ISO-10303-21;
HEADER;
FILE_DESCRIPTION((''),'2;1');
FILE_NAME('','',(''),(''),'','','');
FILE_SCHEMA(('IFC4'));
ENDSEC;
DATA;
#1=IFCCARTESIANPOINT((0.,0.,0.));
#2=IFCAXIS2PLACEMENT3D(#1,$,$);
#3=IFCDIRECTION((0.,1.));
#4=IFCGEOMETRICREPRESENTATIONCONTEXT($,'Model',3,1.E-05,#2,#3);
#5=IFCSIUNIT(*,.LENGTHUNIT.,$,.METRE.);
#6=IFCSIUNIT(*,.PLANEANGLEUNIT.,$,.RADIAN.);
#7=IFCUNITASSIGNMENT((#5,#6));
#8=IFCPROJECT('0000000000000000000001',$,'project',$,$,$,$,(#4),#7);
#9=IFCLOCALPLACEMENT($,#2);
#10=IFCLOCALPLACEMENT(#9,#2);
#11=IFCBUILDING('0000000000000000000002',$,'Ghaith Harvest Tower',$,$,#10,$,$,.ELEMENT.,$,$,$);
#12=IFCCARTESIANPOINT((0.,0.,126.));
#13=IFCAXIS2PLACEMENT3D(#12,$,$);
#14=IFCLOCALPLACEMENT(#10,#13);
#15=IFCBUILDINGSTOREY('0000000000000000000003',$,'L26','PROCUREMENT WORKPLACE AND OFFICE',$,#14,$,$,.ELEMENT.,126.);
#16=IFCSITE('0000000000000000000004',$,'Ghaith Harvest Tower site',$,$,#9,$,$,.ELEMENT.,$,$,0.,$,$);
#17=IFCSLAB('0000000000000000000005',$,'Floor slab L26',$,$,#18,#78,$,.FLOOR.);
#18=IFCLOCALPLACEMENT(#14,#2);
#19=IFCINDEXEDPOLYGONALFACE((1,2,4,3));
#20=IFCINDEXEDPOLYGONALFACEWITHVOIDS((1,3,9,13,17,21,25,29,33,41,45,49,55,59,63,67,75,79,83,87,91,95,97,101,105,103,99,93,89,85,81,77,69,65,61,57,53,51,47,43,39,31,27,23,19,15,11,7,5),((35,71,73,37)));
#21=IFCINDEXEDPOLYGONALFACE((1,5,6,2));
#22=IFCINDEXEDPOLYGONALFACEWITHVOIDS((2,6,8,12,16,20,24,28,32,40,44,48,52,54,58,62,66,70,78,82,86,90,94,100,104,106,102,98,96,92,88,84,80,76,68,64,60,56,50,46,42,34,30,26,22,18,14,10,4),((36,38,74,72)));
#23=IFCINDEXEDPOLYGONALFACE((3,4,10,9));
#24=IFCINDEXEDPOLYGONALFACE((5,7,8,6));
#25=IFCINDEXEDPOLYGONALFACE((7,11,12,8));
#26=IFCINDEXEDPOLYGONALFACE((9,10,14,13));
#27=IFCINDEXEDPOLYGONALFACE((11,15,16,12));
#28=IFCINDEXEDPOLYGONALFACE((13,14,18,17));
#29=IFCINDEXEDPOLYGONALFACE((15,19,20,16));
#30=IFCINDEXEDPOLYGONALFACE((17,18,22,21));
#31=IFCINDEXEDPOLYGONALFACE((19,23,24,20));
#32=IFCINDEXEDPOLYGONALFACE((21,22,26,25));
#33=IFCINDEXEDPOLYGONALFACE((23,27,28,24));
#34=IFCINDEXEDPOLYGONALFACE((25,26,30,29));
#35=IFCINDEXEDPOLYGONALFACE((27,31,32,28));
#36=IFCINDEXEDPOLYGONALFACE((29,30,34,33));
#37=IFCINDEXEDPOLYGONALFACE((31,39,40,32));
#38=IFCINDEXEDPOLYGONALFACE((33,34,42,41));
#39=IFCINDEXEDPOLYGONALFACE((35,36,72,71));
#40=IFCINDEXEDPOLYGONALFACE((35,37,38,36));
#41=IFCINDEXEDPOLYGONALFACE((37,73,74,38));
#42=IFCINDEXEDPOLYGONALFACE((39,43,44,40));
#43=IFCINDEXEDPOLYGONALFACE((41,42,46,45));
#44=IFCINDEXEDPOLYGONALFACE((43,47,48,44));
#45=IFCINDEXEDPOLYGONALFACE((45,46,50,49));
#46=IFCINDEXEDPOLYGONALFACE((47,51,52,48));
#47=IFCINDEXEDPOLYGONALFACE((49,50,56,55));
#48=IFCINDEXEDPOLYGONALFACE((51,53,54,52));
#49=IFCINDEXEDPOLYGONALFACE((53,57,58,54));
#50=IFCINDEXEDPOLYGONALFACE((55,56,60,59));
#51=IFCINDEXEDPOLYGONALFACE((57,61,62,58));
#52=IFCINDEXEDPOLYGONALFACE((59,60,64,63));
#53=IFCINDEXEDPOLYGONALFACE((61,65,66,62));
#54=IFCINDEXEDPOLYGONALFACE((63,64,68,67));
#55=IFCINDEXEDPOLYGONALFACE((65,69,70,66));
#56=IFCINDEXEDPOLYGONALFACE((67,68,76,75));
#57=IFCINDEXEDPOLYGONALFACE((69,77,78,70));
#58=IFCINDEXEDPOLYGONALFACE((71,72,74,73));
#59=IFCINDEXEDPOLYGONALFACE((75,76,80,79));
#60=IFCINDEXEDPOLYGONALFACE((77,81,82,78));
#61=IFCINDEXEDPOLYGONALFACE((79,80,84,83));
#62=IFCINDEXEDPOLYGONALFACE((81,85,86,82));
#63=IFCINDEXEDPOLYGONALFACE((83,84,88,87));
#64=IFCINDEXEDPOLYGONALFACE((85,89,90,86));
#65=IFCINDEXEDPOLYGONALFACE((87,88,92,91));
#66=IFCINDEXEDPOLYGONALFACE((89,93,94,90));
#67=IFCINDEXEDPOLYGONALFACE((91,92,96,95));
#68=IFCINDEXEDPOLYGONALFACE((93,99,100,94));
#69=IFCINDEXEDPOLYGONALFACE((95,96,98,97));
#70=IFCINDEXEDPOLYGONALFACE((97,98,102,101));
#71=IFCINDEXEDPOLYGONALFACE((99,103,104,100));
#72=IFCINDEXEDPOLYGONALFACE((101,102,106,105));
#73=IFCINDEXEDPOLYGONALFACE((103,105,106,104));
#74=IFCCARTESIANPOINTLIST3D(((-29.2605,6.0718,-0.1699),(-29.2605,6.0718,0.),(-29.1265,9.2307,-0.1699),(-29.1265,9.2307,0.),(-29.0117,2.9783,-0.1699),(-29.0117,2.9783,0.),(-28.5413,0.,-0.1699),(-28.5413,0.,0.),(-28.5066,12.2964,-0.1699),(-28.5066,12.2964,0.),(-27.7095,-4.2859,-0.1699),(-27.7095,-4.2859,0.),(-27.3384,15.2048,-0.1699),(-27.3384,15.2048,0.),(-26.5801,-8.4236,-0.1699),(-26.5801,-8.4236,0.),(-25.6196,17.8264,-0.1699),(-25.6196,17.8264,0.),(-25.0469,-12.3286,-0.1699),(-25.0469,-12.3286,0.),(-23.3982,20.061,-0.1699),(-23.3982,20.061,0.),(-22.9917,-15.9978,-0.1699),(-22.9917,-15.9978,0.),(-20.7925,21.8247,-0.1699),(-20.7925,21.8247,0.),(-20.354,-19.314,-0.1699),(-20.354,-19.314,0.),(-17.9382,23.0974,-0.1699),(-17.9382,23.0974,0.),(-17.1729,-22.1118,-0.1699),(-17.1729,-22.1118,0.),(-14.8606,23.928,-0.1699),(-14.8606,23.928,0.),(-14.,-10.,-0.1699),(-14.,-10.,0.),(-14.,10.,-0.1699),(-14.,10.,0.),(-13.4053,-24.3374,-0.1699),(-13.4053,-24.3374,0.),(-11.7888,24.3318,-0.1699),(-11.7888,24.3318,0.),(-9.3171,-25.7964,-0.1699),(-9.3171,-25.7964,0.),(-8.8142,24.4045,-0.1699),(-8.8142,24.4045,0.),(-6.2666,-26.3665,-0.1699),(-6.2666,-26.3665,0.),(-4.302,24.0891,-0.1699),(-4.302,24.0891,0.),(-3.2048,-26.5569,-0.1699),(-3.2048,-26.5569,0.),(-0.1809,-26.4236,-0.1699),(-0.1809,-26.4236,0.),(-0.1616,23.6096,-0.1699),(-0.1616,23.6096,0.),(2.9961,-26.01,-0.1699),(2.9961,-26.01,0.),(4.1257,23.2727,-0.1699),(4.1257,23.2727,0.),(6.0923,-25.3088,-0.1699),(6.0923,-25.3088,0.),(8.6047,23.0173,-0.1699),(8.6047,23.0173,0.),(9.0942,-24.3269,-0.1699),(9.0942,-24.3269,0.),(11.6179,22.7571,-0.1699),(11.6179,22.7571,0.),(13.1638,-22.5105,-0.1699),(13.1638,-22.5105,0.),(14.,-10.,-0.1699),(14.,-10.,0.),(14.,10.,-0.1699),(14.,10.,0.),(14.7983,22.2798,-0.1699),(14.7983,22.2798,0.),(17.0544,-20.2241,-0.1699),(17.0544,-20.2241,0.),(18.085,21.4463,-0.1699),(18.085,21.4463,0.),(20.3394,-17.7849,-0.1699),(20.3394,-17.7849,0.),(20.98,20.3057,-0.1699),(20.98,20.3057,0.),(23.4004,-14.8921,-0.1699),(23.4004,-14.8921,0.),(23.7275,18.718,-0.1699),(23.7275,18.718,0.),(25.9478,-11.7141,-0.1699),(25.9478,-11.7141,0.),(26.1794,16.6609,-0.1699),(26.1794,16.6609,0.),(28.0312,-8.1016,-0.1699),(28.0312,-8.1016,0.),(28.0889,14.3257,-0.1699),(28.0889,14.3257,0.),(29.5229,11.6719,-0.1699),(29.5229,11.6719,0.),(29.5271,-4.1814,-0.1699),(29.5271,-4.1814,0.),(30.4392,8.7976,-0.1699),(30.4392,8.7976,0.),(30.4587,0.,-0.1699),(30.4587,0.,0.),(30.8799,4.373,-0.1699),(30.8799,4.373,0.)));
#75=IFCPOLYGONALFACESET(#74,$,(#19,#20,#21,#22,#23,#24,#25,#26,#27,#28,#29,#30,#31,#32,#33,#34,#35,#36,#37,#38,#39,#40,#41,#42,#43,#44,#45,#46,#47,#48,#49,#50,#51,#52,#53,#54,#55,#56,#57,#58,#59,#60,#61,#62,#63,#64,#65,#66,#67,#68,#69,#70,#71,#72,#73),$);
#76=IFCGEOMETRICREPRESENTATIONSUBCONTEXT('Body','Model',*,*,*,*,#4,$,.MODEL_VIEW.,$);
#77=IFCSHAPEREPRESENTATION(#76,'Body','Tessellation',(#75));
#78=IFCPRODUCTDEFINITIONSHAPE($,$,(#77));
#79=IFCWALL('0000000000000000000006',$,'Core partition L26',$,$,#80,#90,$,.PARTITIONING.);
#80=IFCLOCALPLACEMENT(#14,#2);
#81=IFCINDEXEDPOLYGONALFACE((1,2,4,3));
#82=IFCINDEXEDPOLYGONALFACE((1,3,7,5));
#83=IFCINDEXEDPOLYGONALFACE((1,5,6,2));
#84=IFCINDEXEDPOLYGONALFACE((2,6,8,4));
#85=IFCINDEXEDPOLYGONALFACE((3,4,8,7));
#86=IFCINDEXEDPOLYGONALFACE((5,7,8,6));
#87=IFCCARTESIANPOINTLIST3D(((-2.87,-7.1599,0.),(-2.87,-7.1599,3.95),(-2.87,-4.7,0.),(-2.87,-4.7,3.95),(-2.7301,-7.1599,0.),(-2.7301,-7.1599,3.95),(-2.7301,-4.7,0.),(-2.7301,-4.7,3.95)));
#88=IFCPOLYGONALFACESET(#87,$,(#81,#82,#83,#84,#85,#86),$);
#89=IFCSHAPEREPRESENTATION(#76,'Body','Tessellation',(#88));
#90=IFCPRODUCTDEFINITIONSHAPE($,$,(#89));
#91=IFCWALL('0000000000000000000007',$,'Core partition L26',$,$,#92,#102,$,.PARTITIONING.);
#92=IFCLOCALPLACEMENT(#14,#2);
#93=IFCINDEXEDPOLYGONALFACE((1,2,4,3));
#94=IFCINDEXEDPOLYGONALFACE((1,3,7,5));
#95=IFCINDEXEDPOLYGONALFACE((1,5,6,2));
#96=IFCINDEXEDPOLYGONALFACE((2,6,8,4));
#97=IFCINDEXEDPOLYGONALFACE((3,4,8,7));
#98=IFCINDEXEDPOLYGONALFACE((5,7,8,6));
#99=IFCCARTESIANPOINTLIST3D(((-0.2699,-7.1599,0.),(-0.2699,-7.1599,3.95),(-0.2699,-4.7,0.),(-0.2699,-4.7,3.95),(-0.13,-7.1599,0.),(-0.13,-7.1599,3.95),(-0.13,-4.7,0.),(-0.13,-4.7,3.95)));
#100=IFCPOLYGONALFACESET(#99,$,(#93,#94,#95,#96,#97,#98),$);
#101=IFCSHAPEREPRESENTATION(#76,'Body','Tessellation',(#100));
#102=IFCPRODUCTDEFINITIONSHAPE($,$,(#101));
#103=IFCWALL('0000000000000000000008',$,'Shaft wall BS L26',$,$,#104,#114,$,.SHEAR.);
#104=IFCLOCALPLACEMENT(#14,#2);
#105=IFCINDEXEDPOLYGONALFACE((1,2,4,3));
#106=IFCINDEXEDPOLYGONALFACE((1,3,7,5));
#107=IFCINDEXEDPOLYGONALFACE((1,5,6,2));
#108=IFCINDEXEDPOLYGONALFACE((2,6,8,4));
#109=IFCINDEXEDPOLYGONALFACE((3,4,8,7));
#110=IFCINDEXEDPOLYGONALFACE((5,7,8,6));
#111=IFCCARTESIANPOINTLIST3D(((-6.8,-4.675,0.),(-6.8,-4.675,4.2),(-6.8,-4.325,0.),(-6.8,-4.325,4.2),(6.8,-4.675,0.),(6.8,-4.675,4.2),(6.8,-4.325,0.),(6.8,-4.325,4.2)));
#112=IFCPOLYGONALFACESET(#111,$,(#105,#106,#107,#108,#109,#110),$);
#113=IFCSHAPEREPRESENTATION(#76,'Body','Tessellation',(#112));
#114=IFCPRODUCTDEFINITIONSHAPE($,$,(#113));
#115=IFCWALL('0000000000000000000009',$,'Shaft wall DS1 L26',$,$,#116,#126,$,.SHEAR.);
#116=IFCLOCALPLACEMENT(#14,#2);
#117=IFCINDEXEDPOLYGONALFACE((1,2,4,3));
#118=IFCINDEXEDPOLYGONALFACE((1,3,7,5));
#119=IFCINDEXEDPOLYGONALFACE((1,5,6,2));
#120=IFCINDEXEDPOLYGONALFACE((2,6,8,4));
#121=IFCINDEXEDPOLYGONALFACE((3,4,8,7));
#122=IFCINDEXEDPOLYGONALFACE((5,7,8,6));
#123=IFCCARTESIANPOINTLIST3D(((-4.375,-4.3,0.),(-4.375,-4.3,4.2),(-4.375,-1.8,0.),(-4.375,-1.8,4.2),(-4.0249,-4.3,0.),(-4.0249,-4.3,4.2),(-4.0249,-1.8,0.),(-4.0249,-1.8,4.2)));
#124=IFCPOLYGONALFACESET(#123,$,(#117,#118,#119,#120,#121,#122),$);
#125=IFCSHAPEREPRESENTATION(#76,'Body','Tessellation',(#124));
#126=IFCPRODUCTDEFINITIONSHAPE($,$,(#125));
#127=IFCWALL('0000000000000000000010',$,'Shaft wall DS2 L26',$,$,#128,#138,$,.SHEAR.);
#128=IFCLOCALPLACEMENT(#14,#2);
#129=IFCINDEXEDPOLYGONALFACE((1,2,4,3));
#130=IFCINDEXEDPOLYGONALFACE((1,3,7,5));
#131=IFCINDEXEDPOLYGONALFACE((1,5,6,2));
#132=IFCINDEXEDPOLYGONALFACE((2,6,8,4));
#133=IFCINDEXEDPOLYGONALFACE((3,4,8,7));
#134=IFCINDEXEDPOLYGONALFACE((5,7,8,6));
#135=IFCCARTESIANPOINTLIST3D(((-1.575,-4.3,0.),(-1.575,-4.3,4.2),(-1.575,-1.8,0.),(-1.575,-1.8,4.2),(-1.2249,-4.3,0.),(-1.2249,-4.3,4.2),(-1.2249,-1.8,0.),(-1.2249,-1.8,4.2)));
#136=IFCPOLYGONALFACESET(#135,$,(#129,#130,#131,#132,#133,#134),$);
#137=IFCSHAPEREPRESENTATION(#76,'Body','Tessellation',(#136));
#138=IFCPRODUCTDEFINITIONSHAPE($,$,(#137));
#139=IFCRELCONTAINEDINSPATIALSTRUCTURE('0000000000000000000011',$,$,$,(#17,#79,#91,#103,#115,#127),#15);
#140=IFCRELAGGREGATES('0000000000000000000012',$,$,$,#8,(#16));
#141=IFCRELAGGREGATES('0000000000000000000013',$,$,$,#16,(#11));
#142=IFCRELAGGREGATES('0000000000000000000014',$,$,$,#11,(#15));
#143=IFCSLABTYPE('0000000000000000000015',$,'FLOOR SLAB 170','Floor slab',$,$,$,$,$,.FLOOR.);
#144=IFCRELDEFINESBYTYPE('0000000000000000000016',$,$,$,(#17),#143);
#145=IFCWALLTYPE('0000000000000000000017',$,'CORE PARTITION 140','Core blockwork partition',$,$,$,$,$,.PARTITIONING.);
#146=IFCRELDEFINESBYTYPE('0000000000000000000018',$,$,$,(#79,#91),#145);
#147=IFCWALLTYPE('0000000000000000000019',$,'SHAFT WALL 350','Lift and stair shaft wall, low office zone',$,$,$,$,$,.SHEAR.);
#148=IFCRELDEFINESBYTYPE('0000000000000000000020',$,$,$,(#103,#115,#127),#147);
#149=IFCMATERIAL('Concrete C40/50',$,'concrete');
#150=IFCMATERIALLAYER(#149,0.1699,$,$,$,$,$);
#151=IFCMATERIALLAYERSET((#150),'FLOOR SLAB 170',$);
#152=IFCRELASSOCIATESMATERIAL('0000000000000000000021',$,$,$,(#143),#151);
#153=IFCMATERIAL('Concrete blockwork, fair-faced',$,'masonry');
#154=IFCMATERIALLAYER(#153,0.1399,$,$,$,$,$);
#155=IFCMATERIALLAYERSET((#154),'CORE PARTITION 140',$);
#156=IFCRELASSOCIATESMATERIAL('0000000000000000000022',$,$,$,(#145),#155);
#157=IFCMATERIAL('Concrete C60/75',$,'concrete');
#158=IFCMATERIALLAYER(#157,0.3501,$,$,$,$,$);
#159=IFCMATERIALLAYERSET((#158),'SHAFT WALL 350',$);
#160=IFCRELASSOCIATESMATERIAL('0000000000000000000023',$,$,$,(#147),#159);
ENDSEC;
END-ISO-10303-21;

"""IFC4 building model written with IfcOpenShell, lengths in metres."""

from ifc_helpers import new_model, si_unit, direction, frame, frame_2d, origin, place, context, subcontext, project, spatial, polyline, rectangle, outline, extrude, material, layer, layer_set, type_object, element, save


model = new_model("IFC4")

# Units and contexts
model_context = context("Model", 3, precision=1e-05, world=origin(), true_north=direction((0.0, 1.0)))
body_context = subcontext(model_context, "Body", "Model", "MODEL_VIEW")
ifc_project = project(units=[si_unit("LENGTHUNIT", "METRE"), si_unit("PLANEANGLEUNIT", "RADIAN")], contexts=[model_context])

# Site, building, storey
site_placement = place(None, origin())
site = spatial("IfcSite", under=ifc_project, at=site_placement, Name="Ghaith Harvest Tower site", CompositionType="ELEMENT", RefElevation=0.0)
building_placement = place(site_placement, origin())
building = spatial("IfcBuilding", under=site, at=building_placement, Name="Ghaith Harvest Tower", CompositionType="ELEMENT")
storey_placement = place(building_placement, frame((0.0, 0.0, 126.0)))
storey = spatial("IfcBuildingStorey", under=building, at=storey_placement, Name="L26", Description="PROCUREMENT WORKPLACE AND OFFICE", CompositionType="ELEMENT", Elevation=126.0)

# Slab
ifc_material_1 = material(Name="Concrete C40/50", Category="concrete")
ifc_layer_1 = layer(ifc_material_1, 0.1699)
ifc_layer_set_1 = layer_set([ifc_layer_1], Name="FLOOR SLAB 170")
slab_type = type_object("IfcSlabType", Name="FLOOR SLAB 170", Description="Floor slab", PredefinedType="FLOOR", material=ifc_layer_set_1)
slab_placement = place(storey_placement, frame((0.0, 0.0, -0.1699)))
element("IfcSlab", 1, at=slab_placement, inside=storey, type_object=slab_type, Name="Floor slab L26", PredefinedType="FLOOR", context=body_context, shape_type="SweptSolid", body=[
    extrude(outline(polyline([(30.4587, 0.0), (30.8799, 4.373), (30.4392, 8.7976), (29.5229, 11.6719), (28.0889, 14.3257), (26.1794, 16.6609), (23.7275, 18.718), (20.98, 20.3057), (18.085, 21.4463), (14.7983, 22.2798), (11.6179, 22.7571), (8.6047, 23.0173), (4.1257, 23.2727), (-0.1616, 23.6096), (-4.302, 24.0891), (-8.8142, 24.4045), (-11.7888, 24.3318), (-14.8606, 23.928), (-17.9382, 23.0974), (-20.7925, 21.8247), (-23.3982, 20.061), (-25.6196, 17.8264), (-27.3384, 15.2048), (-28.5066, 12.2964), (-29.1265, 9.2307), (-29.2605, 6.0718), (-29.0117, 2.9783), (-28.5413, 0.0), (-27.7095, -4.2859), (-26.5801, -8.4236), (-25.0469, -12.3286), (-22.9917, -15.9978), (-20.354, -19.314), (-17.1729, -22.1118), (-13.4053, -24.3374), (-9.3171, -25.7964), (-6.2666, -26.3665), (-3.2048, -26.5569), (-0.1809, -26.4236), (2.9961, -26.01), (6.0923, -25.3088), (9.0942, -24.3269), (13.1638, -22.5105), (17.0544, -20.2241), (20.3394, -17.7849), (23.4004, -14.8921), (25.9478, -11.7141), (28.0312, -8.1016), (29.5271, -4.1814), (30.4587, 0.0)]), holes=[polyline([(-14.0, -10.0), (14.0, -10.0), (14.0, 10.0), (-14.0, 10.0), (-14.0, -10.0)])]), origin(), (0.0, 0.0, 1.0), 0.1699),
])

# Shared definitions
ifc_material_2 = material(Name="Concrete blockwork, fair-faced", Category="masonry")
ifc_layer_2 = layer(ifc_material_2, 0.1399)
ifc_layer_set_2 = layer_set([ifc_layer_2], Name="CORE PARTITION 140")
wall_type_1 = type_object("IfcWallType", Name="CORE PARTITION 140", Description="Core blockwork partition", PredefinedType="PARTITIONING", material=ifc_layer_set_2)

# Walls
for number, where, z_axis, x_axis, name in (
    (2, (-2.8, -4.7, 0.0), (0.0, 0.0, 1.0), (0.0, -1.0, 0.0), "Core partition L26"),
    (3, (-0.2, -4.7, 0.0), (0.0, 0.0, 1.0), (0.0, -1.0, 0.0), "Core partition L26"),
):
    element("IfcWall", number, at=place(storey_placement, frame(where, z_axis=z_axis, x_axis=x_axis)), inside=storey, type_object=wall_type_1, Name=name, PredefinedType="PARTITIONING", context=body_context, shape_type="SweptSolid", body=[
        extrude(rectangle(XDim=2.46, YDim=0.1399, at=frame_2d((1.23, 0.0))), origin(), (0.0, 0.0, 1.0), 3.95),
    ])

# Shared definitions
ifc_material_3 = material(Name="Concrete C60/75", Category="concrete")
ifc_layer_3 = layer(ifc_material_3, 0.3501)
ifc_layer_set_3 = layer_set([ifc_layer_3], Name="SHAFT WALL 350")
wall_type_2 = type_object("IfcWallType", Name="SHAFT WALL 350", Description="Lift and stair shaft wall, low office zone", PredefinedType="SHEAR", material=ifc_layer_set_3)

# Walls
wall_1_placement = place(storey_placement, frame((-6.8, -4.5, 0.0), z_axis=(0.0, 0.0, 1.0), x_axis=(1.0, 0.0, 0.0)))
element("IfcWall", 4, at=wall_1_placement, inside=storey, type_object=wall_type_2, Name="Shaft wall BS L26", PredefinedType="SHEAR", context=body_context, shape_type="SweptSolid", body=[
    extrude(rectangle(XDim=13.6001, YDim=0.3501, at=frame_2d((6.8, 0.0))), origin(), (0.0, 0.0, 1.0), 4.2),
])
for number, where, z_axis, x_axis, name in (
    (5, (-4.2, -4.3, 0.0), (0.0, 0.0, 1.0), (0.0, 1.0, 0.0), "Shaft wall DS1 L26"),
    (6, (-1.3999, -4.3, 0.0), (0.0, 0.0, 1.0), (0.0, 1.0, 0.0), "Shaft wall DS2 L26"),
):
    element("IfcWall", number, at=place(storey_placement, frame(where, z_axis=z_axis, x_axis=x_axis)), inside=storey, type_object=wall_type_2, Name=name, PredefinedType="SHEAR", context=body_context, shape_type="SweptSolid", body=[
        extrude(rectangle(XDim=2.5, YDim=0.3501, at=frame_2d((1.25, 0.0))), origin(), (0.0, 0.0, 1.0), 4.2),
    ])

save(model, "model.ifc")
